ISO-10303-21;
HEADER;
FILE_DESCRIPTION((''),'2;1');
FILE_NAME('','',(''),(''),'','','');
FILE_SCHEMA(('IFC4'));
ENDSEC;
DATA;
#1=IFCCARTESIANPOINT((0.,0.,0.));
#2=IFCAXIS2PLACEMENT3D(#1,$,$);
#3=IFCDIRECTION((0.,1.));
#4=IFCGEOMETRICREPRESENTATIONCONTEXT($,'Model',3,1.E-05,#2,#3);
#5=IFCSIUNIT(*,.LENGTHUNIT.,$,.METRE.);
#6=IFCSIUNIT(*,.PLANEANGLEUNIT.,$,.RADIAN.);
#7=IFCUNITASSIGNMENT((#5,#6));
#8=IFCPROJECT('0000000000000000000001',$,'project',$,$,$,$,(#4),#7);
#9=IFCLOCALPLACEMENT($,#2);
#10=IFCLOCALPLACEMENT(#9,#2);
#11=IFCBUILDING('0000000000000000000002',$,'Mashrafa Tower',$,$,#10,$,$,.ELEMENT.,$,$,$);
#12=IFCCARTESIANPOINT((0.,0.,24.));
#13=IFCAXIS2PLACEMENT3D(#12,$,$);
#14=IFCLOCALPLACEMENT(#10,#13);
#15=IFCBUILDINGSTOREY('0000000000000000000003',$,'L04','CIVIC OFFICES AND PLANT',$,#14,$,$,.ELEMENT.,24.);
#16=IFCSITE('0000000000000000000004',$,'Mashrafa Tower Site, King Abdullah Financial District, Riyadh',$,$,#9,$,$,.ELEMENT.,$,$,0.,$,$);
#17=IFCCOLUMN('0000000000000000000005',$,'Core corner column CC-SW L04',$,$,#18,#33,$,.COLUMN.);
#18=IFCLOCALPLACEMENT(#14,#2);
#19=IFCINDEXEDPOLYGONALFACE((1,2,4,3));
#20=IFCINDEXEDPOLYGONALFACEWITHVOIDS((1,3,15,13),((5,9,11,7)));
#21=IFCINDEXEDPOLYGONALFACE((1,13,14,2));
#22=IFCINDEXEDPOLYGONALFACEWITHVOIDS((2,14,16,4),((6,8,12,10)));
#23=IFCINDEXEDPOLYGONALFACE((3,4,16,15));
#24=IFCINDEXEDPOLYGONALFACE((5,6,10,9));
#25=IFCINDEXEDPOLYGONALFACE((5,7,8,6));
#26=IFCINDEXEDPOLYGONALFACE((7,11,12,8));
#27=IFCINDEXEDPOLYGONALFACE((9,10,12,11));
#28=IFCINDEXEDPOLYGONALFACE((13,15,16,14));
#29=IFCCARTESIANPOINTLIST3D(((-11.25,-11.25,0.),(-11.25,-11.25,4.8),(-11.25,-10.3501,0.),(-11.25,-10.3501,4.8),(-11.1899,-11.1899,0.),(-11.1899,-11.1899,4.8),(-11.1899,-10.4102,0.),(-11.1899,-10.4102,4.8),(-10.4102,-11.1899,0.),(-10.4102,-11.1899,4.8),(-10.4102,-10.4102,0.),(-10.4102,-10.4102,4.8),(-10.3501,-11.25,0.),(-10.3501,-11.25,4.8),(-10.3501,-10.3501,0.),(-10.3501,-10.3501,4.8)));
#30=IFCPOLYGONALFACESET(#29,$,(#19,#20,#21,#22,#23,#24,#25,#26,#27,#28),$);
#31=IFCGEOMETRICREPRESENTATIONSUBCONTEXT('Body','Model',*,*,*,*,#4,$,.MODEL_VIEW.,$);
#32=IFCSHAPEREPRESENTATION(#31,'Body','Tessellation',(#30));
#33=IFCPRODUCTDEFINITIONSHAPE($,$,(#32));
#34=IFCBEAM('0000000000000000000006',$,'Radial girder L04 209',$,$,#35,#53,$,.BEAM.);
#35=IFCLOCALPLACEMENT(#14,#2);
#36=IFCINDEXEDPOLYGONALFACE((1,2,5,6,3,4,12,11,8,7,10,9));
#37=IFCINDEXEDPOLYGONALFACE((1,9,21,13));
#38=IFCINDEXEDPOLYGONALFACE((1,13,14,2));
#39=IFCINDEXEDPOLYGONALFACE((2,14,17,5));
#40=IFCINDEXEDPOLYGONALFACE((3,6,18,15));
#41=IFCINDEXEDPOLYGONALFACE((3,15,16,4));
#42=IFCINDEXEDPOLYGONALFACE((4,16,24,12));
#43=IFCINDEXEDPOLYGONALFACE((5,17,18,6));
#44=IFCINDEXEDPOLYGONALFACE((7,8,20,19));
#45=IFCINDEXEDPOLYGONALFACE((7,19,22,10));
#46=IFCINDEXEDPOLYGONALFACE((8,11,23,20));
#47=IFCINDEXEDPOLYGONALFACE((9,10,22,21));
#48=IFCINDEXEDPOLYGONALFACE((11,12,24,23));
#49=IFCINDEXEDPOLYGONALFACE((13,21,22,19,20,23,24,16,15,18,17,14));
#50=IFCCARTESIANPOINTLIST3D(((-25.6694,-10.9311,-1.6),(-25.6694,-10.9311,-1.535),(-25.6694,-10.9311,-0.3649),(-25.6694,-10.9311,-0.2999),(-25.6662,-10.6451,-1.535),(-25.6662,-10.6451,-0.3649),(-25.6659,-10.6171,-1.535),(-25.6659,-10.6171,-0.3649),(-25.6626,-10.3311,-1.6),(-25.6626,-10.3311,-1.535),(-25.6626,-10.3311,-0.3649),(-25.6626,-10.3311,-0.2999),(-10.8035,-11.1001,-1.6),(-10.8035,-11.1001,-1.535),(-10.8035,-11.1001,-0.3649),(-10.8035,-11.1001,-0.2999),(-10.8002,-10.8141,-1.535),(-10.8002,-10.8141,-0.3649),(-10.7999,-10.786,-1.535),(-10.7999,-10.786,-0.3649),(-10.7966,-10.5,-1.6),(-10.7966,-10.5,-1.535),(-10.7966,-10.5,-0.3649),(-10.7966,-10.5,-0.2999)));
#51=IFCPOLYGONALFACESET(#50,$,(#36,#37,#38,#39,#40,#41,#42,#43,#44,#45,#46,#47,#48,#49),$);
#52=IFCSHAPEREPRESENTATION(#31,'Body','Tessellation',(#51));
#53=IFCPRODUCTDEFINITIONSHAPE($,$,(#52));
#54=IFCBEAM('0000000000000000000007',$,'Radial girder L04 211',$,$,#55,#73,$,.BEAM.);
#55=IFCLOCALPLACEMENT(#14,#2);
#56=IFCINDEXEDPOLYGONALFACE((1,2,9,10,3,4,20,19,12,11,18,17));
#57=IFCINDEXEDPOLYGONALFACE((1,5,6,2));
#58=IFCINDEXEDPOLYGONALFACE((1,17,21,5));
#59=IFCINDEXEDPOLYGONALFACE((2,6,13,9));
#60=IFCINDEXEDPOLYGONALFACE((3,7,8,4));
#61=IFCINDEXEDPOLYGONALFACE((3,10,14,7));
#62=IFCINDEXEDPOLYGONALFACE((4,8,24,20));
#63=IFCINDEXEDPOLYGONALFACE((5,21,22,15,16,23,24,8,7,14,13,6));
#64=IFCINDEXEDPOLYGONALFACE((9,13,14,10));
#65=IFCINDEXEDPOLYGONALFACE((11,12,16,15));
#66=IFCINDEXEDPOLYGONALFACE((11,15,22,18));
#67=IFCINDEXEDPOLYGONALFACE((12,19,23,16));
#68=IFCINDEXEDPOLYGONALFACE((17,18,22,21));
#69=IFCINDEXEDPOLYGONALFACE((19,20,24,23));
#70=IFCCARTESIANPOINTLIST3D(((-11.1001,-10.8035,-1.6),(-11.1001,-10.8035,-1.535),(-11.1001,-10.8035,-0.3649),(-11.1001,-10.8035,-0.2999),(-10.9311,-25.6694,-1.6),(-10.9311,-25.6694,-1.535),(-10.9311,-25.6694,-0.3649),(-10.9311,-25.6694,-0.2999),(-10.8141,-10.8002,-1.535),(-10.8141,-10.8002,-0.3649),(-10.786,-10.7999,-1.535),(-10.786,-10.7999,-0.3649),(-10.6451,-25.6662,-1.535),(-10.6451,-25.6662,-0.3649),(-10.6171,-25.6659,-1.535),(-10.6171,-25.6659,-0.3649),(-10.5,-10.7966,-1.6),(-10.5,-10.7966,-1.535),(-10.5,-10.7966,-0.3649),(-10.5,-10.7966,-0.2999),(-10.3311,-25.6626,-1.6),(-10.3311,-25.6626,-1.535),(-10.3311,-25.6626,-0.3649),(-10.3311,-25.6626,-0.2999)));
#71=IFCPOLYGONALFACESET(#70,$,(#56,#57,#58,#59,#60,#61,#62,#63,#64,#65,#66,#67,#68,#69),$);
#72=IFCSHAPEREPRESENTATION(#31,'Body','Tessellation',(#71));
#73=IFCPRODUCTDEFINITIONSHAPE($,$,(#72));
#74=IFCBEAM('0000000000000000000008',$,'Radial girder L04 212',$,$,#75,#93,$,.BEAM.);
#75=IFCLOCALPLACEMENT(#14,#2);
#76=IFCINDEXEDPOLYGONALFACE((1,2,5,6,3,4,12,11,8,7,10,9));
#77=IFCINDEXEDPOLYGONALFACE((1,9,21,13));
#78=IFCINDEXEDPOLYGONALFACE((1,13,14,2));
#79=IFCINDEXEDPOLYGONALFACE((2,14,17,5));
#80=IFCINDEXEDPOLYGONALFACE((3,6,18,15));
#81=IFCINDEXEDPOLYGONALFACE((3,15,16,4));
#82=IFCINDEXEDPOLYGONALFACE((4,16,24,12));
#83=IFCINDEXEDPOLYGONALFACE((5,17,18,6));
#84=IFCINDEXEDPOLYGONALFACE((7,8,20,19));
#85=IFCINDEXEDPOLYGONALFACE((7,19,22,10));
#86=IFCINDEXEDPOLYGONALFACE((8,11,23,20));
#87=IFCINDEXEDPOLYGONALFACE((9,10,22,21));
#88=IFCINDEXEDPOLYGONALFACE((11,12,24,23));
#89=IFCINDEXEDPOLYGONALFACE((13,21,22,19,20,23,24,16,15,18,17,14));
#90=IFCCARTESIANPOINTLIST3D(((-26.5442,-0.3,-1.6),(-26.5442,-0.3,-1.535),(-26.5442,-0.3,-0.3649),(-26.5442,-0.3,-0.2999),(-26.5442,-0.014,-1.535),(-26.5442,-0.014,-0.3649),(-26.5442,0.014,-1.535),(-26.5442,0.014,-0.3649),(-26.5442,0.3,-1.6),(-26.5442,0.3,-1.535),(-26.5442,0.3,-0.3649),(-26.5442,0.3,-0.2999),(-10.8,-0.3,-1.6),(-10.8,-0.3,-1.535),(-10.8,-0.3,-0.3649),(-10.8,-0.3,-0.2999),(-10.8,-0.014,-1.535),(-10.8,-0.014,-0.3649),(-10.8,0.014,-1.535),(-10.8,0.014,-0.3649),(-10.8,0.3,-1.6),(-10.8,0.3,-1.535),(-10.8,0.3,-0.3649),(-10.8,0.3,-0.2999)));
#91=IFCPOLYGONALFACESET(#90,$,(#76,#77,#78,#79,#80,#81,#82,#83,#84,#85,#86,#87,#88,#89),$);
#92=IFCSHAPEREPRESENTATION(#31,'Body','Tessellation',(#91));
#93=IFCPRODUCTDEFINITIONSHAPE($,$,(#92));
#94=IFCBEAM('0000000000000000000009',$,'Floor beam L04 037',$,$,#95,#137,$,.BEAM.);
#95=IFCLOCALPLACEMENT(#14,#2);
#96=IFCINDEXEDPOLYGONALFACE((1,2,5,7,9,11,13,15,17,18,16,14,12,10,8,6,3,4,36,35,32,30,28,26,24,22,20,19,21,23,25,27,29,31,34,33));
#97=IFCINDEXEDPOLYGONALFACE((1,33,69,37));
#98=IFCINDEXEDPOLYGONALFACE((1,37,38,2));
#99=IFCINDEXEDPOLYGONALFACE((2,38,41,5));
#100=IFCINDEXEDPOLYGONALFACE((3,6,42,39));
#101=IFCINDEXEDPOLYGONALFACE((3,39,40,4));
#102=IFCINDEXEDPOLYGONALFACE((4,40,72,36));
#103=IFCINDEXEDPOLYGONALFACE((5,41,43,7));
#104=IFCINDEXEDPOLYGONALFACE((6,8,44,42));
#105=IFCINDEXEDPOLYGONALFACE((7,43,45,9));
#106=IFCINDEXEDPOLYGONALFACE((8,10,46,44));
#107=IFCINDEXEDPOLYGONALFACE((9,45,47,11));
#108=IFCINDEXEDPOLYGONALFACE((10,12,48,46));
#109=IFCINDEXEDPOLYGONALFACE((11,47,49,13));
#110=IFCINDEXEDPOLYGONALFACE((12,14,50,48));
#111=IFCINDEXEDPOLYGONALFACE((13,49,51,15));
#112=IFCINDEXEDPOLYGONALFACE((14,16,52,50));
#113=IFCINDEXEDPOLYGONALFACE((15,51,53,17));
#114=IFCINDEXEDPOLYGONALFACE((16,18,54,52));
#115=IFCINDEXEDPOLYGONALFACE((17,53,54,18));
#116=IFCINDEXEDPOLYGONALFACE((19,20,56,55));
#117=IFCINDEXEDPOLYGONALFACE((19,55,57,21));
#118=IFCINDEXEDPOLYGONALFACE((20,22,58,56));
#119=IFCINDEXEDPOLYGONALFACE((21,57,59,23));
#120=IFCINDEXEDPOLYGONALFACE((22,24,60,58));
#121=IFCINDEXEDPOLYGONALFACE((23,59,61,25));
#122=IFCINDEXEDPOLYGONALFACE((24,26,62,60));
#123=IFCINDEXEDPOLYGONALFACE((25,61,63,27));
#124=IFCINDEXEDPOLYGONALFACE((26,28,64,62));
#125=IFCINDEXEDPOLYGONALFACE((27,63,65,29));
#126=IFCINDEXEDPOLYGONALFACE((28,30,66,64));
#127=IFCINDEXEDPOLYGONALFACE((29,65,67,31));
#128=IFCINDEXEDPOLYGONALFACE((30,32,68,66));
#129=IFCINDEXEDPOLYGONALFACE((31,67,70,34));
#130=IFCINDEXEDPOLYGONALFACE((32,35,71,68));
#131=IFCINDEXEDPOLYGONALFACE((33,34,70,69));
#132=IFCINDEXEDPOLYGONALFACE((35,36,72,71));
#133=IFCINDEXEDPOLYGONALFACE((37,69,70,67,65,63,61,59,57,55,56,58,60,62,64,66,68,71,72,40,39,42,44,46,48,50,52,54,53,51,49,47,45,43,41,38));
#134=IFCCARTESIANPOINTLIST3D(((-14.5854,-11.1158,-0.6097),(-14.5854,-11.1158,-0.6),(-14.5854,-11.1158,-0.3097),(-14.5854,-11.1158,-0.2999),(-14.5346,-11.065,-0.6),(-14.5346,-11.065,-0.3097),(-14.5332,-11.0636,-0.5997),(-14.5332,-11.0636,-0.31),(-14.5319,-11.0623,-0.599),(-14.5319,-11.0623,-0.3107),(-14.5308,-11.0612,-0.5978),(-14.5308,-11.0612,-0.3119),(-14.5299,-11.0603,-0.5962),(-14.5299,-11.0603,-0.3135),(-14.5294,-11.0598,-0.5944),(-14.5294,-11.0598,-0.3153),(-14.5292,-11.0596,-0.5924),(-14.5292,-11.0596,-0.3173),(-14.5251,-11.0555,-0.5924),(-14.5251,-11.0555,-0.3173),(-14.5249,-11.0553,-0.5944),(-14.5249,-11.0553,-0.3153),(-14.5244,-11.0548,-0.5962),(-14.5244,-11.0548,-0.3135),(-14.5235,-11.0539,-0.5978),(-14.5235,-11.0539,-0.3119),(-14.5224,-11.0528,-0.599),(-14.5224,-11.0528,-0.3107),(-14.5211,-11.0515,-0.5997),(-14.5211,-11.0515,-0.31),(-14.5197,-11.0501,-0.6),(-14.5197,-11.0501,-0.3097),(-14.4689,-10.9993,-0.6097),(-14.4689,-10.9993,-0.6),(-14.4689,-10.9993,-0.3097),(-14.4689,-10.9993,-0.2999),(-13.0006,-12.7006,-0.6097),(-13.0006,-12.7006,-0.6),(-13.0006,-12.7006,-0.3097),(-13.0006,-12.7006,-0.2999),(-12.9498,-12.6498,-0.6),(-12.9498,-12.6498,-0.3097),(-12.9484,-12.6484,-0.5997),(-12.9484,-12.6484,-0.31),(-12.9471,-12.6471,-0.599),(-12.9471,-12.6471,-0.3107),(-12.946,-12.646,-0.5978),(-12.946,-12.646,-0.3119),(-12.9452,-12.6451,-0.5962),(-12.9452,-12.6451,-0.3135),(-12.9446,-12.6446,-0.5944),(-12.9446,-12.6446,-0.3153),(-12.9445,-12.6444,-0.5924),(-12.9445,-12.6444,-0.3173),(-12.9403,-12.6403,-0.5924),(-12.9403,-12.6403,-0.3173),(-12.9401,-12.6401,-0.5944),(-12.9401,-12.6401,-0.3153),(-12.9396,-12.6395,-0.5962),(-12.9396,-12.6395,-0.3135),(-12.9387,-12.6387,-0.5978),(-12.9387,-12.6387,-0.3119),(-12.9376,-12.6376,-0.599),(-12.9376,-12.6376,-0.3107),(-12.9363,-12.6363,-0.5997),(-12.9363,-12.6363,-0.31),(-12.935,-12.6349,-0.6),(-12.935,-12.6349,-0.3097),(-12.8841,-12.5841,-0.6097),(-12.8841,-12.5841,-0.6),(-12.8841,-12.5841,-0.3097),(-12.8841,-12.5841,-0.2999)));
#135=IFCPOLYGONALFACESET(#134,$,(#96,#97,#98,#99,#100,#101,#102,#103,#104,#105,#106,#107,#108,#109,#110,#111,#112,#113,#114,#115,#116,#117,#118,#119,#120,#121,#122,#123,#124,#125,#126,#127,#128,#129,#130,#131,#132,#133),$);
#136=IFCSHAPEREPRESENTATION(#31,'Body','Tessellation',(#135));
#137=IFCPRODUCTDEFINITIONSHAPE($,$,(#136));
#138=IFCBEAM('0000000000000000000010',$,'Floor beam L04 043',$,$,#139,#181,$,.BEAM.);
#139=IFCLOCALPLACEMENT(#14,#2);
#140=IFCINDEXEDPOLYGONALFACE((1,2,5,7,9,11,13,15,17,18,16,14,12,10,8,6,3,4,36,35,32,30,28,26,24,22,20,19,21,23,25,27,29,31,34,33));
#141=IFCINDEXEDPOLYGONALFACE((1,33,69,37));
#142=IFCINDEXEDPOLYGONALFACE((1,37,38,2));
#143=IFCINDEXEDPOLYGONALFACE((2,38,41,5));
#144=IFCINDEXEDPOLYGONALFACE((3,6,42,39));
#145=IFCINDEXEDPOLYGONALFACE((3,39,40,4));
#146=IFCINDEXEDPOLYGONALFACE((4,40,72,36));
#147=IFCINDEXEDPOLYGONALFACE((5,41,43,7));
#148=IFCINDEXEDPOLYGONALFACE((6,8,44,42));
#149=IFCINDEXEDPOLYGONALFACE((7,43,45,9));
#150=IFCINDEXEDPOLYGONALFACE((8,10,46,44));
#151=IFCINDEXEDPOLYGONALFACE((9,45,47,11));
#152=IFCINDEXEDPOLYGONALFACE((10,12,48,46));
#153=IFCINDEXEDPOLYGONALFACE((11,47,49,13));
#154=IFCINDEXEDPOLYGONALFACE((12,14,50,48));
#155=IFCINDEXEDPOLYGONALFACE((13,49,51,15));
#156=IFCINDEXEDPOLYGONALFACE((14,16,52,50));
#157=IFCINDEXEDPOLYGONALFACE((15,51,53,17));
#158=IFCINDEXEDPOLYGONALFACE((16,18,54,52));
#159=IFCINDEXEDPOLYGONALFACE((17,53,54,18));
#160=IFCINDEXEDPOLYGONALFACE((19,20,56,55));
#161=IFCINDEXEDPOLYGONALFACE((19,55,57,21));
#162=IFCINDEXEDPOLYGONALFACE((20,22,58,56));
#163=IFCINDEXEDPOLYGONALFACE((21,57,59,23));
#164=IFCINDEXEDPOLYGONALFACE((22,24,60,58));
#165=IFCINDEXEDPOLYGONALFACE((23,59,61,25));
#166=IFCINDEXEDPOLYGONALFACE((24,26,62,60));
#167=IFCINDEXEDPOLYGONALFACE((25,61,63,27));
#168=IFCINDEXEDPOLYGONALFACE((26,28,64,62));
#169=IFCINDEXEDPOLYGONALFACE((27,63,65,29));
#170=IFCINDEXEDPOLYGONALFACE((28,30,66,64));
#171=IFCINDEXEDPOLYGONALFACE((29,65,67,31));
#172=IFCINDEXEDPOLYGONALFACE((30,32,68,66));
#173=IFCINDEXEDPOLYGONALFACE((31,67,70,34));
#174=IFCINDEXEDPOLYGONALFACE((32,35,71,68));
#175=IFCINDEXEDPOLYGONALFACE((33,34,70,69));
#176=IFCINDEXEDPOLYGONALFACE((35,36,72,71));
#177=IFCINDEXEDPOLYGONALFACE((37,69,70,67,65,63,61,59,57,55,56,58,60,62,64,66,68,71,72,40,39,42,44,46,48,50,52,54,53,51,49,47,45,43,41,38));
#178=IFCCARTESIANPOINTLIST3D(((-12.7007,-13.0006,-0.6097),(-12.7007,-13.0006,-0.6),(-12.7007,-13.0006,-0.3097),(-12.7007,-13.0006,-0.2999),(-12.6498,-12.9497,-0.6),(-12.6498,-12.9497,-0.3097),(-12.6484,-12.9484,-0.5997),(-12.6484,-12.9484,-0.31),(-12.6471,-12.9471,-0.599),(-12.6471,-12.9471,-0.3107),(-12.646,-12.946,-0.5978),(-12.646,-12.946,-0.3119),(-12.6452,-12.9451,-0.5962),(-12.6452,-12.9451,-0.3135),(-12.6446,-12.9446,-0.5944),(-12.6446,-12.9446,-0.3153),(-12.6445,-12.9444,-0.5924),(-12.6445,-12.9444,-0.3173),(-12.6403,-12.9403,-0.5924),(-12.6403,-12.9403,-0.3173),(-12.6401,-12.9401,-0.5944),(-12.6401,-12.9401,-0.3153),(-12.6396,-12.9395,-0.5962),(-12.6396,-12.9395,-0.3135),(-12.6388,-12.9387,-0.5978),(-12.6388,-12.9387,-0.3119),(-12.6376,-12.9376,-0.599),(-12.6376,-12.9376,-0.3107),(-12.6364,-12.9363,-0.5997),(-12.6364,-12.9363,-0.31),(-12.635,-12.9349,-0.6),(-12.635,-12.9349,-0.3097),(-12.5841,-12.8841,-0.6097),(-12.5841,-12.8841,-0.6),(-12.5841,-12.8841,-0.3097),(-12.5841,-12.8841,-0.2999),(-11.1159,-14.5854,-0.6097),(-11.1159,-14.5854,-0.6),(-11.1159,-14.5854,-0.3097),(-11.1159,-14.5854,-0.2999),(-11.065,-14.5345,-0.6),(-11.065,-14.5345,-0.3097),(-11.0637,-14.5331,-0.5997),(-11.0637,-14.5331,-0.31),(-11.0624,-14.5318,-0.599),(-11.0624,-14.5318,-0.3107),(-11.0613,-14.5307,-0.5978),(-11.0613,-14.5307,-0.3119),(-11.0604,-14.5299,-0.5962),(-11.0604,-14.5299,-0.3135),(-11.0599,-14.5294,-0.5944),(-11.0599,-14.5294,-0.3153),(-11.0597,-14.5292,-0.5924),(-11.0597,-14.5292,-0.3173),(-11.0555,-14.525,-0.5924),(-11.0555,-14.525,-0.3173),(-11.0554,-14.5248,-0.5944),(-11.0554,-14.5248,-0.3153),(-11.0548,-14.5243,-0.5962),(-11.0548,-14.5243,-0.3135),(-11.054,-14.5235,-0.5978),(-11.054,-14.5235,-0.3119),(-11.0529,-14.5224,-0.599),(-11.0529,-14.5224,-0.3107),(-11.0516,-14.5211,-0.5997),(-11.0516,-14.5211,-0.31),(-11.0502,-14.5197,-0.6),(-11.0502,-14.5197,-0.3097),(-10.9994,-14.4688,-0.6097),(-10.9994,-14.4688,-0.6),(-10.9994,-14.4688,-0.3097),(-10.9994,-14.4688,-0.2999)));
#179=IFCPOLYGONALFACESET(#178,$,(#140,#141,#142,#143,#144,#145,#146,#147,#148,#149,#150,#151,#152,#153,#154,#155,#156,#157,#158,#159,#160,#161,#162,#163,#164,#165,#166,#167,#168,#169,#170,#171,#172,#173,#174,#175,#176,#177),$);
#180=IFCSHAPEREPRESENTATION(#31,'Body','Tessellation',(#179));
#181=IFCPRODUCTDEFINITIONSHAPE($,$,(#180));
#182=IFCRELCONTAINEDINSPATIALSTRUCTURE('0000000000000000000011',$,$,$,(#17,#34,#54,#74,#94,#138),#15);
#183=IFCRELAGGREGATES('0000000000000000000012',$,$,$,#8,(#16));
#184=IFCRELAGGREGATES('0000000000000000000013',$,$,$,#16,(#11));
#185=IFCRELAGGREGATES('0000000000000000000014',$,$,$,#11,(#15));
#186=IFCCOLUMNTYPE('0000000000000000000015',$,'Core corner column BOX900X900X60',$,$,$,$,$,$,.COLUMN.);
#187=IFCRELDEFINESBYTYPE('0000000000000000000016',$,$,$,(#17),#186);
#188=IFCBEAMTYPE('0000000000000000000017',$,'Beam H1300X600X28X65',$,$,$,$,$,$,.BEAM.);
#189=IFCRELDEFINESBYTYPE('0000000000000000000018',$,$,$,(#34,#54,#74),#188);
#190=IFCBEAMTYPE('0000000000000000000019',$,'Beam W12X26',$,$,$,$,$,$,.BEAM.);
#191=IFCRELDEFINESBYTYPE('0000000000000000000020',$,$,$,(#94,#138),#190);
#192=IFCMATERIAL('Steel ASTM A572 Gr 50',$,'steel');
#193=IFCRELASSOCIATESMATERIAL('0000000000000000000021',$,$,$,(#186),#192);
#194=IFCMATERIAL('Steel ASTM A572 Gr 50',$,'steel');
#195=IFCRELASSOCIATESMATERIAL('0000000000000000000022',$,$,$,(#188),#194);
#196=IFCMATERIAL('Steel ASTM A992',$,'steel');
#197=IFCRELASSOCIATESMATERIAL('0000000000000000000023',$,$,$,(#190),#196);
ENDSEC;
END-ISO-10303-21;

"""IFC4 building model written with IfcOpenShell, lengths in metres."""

from ifc_helpers import new_model, si_unit, direction, frame, origin, origin_2d, place, context, subcontext, project, spatial, hollow_rectangle, i_section, extrude, material, material_profile, profile_set, type_object, element, save


model = new_model("IFC4")

# Units and contexts
model_context = context("Model", 3, precision=1e-05, world=origin(), true_north=direction((0.0, 1.0)))
body_context = subcontext(model_context, "Body", "Model", "MODEL_VIEW")
ifc_project = project(units=[si_unit("LENGTHUNIT", "METRE"), si_unit("PLANEANGLEUNIT", "RADIAN")], contexts=[model_context])

# Site, building, storey
site_placement = place(None, origin())
site = spatial("IfcSite", under=ifc_project, at=site_placement, Name="Mashrafa Tower Site, King Abdullah Financial District, Riyadh", CompositionType="ELEMENT", RefElevation=0.0)
building_placement = place(site_placement, origin())
building = spatial("IfcBuilding", under=site, at=building_placement, Name="Mashrafa Tower", CompositionType="ELEMENT")
storey_placement = place(building_placement, frame((0.0, 0.0, 24.0)))
storey = spatial("IfcBuildingStorey", under=building, at=storey_placement, Name="L04", Description="CIVIC OFFICES AND PLANT", CompositionType="ELEMENT", Elevation=24.0)

# Column
ifc_material_1 = material(Name="Steel ASTM A572 Gr 50", Category="steel")
ifc_material_profile_1 = material_profile(ifc_material_1, hollow_rectangle(XDim=0.8999, YDim=0.8999, WallThickness=0.0601, at=origin_2d()), Name="BOX900X900X60")
ifc_profile_set_1 = profile_set([ifc_material_profile_1], Name="Steel ASTM A572 Gr 50")
column_type = type_object("IfcColumnType", Name="Core corner column BOX900X900X60", PredefinedType="COLUMN", material=ifc_profile_set_1)
column_placement = place(storey_placement, frame((-10.8, -10.8, 0.0), z_axis=(0.0, 0.0, 1.0), x_axis=(1.0, 0.0, 0.0)))
element("IfcColumn", 1, at=column_placement, inside=storey, type_object=column_type, Name="Core corner column CC-SW L04", PredefinedType="COLUMN", context=body_context, shape_type="SweptSolid", body=[
    extrude(hollow_rectangle(XDim=0.8999, YDim=0.8999, WallThickness=0.0601, at=origin_2d()), origin(), (0.0, 0.0, 1.0), 4.8),
])

# Beams
ifc_material_2 = material(Name="Steel ASTM A572 Gr 50", Category="steel")
ifc_material_profile_2 = material_profile(ifc_material_2, i_section(OverallWidth=0.6001, OverallDepth=1.3, WebThickness=0.0281, FlangeThickness=0.0649, at=origin_2d()), Name="H1300X600X28X65")
ifc_profile_set_2 = profile_set([ifc_material_profile_2], Name="Steel ASTM A572 Gr 50")
beam_type_1 = type_object("IfcBeamType", Name="Beam H1300X600X28X65", PredefinedType="BEAM", material=ifc_profile_set_2)
for number, where, z_axis, x_axis, name in (
    (2, (-10.8, -10.8, -0.95), (-0.999935, 0.011364, 0.0), (-0.011364, -0.999935, 0.0), "Radial girder L04 209"),
    (3, (-10.8, -10.8, -0.95), (0.011364, -0.999935, 0.0), (0.999935, 0.011364, 0.0), "Radial girder L04 211"),
):
    element("IfcBeam", number, at=place(storey_placement, frame(where, z_axis=z_axis, x_axis=x_axis)), inside=storey, type_object=beam_type_1, Name=name, PredefinedType="BEAM", context=body_context, shape_type="SweptSolid", body=[
        extrude(i_section(OverallWidth=0.6001, OverallDepth=1.3, WebThickness=0.0281, FlangeThickness=0.0649, at=origin_2d()), origin(), (0.0, 0.0, 1.0), 14.8669),
    ])
beam_1_placement = place(storey_placement, frame((-10.8, 0.0, -0.95), z_axis=(-1.0, 0.0, 0.0), x_axis=(0.0, -1.0, 0.0)))
element("IfcBeam", 4, at=beam_1_placement, inside=storey, type_object=beam_type_1, Name="Radial girder L04 212", PredefinedType="BEAM", context=body_context, shape_type="SweptSolid", body=[
    extrude(i_section(OverallWidth=0.6001, OverallDepth=1.3, WebThickness=0.0281, FlangeThickness=0.0649, at=origin_2d()), origin(), (0.0, 0.0, 1.0), 15.7441),
])
ifc_material_3 = material(Name="Steel ASTM A992", Category="steel")
ifc_material_profile_3 = material_profile(ifc_material_3, i_section(OverallWidth=0.1648, OverallDepth=0.3098, WebThickness=0.0059, FlangeThickness=0.0098, FilletRadius=0.0076, at=origin_2d()), Name="W12X26")
ifc_profile_set_3 = profile_set([ifc_material_profile_3], Name="Steel ASTM A992")
beam_type_2 = type_object("IfcBeamType", Name="Beam W12X26", PredefinedType="BEAM", material=ifc_profile_set_3)
for number, where, z_axis, x_axis, name in (
    (5, (-12.9424, -12.6423, -0.4548), (-0.707107, 0.707107, 0.0), (-0.707107, -0.707107, 0.0), "Floor beam L04 037"),
    (6, (-11.0576, -14.5271, -0.4548), (-0.707107, 0.707107, 0.0), (-0.707107, -0.707107, 0.0), "Floor beam L04 043"),
):
    element("IfcBeam", number, at=place(storey_placement, frame(where, z_axis=z_axis, x_axis=x_axis)), inside=storey, type_object=beam_type_2, Name=name, PredefinedType="BEAM", context=body_context, shape_type="SweptSolid", body=[
        extrude(i_section(OverallWidth=0.1648, OverallDepth=0.3098, WebThickness=0.0059, FlangeThickness=0.0098, FilletRadius=0.0076, at=origin_2d()), origin(), (0.0, 0.0, 1.0), 2.2412),
    ])

save(model, "model.ifc")
